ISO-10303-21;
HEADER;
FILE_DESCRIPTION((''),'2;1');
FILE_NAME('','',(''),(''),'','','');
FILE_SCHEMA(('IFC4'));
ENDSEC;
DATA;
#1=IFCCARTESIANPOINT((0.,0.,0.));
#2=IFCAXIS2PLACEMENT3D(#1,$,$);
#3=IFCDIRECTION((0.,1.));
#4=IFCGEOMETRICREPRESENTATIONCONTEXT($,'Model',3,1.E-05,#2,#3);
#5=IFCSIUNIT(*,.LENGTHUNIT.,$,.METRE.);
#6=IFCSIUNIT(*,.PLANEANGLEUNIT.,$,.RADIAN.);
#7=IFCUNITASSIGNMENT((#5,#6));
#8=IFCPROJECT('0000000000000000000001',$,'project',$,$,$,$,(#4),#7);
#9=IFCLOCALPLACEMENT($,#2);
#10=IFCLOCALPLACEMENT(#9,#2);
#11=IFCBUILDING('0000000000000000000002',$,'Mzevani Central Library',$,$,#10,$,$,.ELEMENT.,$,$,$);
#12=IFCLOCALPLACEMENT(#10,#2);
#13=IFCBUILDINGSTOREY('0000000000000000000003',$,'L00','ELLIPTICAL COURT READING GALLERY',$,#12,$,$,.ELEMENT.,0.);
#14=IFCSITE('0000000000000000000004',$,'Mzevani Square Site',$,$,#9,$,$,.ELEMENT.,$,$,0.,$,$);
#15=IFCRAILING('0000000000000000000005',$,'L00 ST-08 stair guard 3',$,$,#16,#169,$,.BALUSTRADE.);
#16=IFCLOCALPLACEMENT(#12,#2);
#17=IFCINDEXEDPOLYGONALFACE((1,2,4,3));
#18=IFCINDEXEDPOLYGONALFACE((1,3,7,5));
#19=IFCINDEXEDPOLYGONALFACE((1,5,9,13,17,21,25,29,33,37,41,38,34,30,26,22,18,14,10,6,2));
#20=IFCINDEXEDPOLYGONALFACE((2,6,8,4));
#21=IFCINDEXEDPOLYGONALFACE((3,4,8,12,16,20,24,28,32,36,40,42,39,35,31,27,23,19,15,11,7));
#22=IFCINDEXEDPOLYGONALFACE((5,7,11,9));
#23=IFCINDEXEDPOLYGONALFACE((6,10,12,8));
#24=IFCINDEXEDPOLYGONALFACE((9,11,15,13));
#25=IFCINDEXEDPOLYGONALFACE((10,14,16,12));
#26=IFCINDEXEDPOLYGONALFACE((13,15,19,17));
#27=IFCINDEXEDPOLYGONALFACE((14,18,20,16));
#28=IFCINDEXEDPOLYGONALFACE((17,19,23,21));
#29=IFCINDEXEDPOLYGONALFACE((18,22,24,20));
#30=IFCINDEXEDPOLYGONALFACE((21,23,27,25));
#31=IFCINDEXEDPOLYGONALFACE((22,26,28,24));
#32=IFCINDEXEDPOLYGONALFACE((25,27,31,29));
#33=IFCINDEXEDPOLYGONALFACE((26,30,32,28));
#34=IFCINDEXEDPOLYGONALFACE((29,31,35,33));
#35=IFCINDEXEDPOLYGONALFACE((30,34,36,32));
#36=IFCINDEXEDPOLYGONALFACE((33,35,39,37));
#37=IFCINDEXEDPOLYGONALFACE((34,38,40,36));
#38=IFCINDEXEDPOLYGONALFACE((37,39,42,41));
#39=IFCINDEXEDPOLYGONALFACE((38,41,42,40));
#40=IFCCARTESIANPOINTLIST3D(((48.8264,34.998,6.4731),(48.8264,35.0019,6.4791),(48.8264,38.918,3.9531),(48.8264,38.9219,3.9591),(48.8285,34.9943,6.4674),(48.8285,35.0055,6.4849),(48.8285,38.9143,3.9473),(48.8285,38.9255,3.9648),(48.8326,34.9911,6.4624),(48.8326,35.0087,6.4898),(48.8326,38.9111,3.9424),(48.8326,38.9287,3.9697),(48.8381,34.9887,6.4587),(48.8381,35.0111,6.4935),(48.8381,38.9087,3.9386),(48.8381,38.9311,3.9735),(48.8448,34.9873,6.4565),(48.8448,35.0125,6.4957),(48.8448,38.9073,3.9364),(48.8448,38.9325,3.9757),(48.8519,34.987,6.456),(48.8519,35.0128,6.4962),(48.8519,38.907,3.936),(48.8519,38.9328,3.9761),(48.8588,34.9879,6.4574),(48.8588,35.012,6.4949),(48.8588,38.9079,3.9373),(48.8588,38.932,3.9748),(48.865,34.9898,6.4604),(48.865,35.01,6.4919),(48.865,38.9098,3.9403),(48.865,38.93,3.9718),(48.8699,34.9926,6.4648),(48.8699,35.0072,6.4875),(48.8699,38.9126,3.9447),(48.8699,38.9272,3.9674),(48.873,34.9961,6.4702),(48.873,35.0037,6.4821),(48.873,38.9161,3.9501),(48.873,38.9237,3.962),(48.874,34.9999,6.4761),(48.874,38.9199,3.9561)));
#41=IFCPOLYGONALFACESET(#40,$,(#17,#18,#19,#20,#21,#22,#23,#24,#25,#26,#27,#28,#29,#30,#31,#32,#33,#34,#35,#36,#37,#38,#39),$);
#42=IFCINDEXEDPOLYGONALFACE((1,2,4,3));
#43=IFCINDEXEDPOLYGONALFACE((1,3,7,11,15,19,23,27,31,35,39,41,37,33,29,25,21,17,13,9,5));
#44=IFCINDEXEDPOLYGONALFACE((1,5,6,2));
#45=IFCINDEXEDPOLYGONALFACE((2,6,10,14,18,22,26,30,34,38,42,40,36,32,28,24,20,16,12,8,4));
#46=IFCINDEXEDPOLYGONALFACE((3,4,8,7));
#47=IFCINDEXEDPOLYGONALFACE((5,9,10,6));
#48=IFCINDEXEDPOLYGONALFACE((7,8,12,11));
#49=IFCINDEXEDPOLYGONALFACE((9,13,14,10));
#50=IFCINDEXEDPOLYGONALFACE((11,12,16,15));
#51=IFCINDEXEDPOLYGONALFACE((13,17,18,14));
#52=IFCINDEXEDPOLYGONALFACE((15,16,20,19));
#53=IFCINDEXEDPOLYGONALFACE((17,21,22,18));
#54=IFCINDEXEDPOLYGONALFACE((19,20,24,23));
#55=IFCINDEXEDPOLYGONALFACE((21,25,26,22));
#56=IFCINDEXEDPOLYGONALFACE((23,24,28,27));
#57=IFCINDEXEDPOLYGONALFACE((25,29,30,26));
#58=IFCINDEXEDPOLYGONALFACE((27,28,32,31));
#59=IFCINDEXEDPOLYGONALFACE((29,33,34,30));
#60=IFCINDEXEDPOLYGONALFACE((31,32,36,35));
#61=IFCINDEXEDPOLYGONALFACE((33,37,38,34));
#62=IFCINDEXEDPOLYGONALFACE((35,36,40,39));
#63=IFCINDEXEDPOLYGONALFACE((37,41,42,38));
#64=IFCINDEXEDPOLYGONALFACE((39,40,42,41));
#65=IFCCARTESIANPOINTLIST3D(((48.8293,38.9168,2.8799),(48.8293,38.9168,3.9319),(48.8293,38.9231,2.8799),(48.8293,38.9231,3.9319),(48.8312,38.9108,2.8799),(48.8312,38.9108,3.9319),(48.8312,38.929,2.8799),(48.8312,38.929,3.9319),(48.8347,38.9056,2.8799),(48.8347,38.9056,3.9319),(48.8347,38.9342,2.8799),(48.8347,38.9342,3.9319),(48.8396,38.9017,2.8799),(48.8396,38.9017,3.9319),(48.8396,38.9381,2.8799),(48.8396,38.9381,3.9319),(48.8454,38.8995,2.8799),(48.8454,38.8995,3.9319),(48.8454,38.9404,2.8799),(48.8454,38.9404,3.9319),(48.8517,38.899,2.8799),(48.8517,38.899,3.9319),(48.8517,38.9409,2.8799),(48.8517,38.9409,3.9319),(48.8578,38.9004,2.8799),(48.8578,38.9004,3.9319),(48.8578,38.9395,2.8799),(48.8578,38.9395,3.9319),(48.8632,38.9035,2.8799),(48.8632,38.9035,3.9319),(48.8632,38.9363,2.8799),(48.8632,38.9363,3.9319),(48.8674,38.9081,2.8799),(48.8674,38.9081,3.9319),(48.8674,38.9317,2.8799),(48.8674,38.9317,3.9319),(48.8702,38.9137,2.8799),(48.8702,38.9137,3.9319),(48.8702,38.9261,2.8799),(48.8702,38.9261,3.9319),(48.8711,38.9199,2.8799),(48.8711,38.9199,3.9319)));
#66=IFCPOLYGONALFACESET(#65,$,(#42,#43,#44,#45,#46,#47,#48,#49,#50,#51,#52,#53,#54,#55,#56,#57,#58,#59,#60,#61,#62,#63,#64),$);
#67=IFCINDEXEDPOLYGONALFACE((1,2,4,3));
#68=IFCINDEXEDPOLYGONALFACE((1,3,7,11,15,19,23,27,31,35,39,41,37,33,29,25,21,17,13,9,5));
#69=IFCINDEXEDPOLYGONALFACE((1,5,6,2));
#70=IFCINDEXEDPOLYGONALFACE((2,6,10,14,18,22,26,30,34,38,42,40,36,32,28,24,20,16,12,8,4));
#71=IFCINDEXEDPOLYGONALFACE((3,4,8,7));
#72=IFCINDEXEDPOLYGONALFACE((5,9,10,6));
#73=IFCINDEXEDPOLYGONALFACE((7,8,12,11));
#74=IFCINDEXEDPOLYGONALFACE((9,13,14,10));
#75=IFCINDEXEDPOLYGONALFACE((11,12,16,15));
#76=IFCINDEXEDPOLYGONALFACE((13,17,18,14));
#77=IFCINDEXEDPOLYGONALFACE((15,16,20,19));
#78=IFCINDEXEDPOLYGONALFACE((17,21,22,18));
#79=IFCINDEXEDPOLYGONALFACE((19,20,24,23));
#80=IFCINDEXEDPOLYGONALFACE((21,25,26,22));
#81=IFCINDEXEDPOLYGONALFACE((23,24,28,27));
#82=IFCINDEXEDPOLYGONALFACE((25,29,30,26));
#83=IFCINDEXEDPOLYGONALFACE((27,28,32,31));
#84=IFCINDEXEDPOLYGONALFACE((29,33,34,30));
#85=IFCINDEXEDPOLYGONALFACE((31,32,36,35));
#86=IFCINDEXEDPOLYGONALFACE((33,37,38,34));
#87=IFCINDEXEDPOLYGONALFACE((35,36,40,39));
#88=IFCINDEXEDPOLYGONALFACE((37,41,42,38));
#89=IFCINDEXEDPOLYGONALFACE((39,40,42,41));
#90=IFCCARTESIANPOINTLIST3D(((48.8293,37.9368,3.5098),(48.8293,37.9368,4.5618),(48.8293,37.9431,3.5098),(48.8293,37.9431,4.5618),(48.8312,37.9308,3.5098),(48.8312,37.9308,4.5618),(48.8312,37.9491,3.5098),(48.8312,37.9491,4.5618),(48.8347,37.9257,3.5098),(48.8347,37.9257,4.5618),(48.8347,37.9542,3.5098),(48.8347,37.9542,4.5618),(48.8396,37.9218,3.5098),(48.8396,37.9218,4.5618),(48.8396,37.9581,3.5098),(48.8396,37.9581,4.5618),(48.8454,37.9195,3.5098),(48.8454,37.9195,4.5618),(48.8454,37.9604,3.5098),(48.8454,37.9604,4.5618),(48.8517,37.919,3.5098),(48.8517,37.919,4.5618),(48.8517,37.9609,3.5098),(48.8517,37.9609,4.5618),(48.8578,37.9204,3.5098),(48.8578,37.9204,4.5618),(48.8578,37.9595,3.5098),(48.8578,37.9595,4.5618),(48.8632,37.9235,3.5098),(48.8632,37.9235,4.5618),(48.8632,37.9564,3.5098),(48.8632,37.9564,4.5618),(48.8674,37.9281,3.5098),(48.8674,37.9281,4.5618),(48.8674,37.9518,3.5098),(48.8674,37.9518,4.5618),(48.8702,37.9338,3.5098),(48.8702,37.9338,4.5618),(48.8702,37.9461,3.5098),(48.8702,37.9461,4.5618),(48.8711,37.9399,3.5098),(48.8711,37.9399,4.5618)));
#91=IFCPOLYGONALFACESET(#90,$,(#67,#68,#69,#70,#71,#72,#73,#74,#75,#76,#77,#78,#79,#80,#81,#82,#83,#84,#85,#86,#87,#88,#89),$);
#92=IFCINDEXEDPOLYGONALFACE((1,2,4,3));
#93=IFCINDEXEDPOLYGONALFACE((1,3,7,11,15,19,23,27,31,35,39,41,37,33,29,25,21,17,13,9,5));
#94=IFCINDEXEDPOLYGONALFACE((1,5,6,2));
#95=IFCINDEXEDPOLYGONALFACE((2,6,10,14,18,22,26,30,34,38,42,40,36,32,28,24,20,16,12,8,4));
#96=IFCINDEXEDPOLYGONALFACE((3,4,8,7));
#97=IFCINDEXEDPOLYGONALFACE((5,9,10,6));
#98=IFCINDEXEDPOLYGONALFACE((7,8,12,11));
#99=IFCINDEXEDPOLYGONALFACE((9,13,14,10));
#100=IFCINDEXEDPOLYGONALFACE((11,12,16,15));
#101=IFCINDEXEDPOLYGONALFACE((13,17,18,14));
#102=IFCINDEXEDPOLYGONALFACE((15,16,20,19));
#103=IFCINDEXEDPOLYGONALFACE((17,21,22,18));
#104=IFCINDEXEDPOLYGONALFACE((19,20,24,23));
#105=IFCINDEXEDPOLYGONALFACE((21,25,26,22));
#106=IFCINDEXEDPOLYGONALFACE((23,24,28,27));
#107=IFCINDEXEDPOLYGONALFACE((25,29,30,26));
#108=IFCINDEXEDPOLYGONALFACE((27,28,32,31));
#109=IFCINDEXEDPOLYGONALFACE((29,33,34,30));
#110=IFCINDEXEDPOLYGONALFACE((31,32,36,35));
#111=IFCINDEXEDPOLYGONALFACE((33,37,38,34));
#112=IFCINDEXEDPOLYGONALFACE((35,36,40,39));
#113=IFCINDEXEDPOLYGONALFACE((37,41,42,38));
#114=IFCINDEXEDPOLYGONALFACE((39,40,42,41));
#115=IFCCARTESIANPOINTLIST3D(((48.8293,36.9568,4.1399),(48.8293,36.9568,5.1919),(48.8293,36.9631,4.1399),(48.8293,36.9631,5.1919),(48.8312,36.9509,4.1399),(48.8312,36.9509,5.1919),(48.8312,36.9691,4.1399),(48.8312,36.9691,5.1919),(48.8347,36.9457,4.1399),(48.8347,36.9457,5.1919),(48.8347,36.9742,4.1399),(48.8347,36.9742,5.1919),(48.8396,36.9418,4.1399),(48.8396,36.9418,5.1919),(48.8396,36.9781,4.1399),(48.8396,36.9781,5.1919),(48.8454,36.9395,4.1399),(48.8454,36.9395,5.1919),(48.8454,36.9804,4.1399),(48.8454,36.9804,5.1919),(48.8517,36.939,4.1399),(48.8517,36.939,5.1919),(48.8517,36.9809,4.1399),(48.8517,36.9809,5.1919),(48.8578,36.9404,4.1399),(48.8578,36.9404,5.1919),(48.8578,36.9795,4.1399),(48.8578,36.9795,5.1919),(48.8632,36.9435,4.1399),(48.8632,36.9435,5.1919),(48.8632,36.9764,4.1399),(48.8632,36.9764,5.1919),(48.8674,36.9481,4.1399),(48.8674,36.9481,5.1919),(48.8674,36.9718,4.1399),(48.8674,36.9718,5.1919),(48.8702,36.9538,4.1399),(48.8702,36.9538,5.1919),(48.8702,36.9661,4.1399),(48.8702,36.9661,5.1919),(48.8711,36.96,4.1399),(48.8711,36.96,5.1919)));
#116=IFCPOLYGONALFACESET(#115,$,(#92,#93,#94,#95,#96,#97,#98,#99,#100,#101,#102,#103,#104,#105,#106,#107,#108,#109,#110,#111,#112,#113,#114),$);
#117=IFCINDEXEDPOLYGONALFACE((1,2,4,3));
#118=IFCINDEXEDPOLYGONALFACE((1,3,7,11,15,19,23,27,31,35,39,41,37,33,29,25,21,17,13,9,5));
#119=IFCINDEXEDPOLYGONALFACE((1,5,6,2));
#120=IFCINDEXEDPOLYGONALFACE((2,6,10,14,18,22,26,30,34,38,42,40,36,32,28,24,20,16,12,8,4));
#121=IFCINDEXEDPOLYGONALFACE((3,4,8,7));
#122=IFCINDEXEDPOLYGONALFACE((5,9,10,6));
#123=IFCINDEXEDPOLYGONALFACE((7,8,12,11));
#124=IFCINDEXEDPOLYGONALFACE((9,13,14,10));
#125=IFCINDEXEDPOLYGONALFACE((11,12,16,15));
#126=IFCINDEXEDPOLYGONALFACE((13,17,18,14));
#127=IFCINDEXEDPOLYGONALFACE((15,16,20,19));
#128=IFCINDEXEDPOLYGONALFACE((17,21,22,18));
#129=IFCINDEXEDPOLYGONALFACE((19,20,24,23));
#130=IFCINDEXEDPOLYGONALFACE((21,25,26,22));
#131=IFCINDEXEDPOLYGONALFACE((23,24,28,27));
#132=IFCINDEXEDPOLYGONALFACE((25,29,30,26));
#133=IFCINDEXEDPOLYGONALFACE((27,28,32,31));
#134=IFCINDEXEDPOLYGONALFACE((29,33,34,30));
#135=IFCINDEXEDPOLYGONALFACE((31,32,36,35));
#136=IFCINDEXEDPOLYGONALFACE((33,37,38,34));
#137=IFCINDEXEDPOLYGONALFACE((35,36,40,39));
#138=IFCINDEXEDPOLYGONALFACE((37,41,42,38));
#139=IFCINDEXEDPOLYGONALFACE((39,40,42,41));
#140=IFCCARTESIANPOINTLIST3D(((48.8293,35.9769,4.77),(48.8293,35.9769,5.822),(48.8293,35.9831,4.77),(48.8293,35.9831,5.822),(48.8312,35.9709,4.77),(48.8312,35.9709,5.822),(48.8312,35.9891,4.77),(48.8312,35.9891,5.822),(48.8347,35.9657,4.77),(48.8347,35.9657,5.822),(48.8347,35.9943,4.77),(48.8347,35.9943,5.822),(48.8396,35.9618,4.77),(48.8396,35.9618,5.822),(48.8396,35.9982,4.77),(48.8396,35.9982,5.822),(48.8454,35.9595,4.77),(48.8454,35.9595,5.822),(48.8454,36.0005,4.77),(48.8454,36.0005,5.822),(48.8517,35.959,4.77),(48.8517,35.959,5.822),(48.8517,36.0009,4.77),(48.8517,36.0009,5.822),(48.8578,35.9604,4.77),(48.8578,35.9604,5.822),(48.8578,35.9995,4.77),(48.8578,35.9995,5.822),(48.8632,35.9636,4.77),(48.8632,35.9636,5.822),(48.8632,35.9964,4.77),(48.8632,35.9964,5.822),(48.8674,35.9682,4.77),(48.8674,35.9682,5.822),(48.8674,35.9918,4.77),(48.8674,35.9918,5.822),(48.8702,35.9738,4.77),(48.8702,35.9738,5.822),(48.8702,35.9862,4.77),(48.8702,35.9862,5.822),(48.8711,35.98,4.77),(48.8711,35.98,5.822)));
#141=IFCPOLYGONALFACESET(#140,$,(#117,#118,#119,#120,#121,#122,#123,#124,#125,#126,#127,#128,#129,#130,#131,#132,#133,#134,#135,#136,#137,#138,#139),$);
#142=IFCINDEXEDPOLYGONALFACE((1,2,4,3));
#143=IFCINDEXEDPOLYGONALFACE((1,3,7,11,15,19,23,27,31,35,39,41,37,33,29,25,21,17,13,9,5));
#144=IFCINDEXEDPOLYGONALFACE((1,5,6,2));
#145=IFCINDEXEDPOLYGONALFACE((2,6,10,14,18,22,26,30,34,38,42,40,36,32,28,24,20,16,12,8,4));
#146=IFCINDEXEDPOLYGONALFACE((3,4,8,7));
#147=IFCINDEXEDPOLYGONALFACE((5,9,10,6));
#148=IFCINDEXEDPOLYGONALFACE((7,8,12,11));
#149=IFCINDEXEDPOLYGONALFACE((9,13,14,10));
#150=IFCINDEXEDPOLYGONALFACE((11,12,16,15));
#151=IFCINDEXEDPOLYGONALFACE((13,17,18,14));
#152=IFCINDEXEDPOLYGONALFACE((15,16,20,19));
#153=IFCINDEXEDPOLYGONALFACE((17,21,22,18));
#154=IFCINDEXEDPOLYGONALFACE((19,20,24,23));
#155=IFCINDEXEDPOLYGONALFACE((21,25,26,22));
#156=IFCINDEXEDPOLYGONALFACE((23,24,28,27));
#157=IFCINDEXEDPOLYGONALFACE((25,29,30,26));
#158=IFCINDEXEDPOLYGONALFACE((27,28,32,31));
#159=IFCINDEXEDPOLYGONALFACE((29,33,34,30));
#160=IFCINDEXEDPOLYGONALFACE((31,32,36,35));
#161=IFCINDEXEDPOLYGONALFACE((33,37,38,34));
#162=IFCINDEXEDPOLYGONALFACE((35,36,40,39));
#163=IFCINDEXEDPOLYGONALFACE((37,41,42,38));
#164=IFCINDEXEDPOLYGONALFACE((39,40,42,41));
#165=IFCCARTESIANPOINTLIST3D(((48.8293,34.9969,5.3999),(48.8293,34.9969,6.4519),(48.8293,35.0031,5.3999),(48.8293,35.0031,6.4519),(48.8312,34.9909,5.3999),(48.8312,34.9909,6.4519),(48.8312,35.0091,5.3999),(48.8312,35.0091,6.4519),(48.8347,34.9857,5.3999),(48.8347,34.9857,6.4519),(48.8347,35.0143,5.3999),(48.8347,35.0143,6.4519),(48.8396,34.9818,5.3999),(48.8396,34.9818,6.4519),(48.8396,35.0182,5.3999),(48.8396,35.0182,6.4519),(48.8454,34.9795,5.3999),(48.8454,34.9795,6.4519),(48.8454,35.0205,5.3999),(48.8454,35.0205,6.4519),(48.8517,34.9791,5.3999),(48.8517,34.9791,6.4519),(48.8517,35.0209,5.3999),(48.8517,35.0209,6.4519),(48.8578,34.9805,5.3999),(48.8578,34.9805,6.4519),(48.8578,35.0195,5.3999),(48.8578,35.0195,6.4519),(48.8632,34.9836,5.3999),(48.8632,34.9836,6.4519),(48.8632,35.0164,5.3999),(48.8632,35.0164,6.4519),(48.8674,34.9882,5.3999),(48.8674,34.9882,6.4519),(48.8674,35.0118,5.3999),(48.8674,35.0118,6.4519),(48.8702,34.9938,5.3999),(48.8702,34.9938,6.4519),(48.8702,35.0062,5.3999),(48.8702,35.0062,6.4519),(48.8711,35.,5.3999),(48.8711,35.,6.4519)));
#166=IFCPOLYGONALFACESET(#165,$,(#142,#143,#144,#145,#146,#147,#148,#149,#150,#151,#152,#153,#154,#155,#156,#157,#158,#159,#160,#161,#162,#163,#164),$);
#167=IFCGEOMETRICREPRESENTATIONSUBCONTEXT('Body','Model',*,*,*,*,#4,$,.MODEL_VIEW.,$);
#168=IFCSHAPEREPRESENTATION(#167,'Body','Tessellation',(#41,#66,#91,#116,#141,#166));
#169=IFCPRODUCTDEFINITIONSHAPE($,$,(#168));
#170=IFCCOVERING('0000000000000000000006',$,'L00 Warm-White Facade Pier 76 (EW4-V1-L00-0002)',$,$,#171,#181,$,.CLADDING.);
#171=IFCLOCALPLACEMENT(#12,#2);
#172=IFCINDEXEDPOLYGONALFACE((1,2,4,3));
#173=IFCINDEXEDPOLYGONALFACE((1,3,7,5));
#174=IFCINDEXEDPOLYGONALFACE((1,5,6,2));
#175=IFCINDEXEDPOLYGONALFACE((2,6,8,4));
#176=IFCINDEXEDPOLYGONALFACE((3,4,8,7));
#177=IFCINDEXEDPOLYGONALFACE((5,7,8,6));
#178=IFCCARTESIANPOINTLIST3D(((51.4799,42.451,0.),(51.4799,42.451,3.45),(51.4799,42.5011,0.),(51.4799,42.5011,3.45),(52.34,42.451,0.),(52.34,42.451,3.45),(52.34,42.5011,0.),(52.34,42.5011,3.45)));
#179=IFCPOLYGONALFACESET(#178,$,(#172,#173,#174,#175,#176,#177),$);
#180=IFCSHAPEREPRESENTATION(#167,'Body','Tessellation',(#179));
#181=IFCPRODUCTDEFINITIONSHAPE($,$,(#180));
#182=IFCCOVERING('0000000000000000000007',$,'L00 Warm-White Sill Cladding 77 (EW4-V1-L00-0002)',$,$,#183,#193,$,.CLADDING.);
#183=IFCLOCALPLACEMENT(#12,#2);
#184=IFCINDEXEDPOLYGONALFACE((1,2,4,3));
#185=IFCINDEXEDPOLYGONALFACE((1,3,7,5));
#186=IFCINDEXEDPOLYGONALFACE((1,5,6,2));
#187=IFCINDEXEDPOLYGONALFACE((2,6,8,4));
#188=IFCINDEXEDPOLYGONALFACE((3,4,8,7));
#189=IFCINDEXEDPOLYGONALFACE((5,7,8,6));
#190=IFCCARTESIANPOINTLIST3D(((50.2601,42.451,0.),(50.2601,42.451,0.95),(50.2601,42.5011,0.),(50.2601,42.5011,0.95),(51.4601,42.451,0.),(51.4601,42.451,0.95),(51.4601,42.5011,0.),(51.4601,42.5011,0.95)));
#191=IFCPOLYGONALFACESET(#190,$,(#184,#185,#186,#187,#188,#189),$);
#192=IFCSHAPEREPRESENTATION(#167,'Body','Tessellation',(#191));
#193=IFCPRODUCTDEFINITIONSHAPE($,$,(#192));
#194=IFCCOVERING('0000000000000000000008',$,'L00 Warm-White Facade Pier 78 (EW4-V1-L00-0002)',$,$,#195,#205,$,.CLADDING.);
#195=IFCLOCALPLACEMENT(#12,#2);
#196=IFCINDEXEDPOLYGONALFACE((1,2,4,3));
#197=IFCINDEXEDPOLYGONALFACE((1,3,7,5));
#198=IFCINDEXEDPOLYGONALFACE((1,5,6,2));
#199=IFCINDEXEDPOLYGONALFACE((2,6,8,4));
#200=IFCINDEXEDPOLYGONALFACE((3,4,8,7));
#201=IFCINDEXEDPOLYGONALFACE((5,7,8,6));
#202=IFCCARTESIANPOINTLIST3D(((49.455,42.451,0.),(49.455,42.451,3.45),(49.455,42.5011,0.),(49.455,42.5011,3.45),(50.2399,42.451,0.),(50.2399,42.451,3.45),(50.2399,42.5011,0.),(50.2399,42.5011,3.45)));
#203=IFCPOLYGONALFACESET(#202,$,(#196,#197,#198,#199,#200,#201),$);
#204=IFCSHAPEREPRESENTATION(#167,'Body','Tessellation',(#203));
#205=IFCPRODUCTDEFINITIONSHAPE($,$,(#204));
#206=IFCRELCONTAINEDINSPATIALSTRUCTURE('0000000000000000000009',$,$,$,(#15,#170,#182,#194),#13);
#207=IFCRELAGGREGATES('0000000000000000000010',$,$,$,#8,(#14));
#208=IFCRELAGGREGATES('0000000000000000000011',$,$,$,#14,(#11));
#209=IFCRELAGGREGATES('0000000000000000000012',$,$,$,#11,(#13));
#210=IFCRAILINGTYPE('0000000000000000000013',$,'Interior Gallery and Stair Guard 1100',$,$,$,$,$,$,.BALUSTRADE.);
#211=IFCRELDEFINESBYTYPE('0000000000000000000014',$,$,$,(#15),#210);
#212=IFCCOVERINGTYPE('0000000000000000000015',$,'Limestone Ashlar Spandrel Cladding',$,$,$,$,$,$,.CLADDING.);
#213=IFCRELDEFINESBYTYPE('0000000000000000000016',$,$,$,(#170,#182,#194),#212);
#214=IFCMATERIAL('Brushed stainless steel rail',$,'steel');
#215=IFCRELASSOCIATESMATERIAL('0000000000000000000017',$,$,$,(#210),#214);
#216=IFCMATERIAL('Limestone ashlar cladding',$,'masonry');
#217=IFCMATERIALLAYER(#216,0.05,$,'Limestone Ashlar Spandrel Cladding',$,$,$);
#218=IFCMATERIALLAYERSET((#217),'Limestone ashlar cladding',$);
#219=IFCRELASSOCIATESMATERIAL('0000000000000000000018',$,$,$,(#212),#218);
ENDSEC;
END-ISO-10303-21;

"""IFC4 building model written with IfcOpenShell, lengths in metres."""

from ifc_helpers import new_model, si_unit, direction, frame, origin, origin_2d, place, context, subcontext, project, spatial, rectangle, circle, extrude, material, layer, layer_set, type_object, element, save


model = new_model("IFC4")

# Units and contexts
model_context = context("Model", 3, precision=1e-05, world=origin(), true_north=direction((0.0, 1.0)))
body_context = subcontext(model_context, "Body", "Model", "MODEL_VIEW")
ifc_project = project(units=[si_unit("LENGTHUNIT", "METRE"), si_unit("PLANEANGLEUNIT", "RADIAN")], contexts=[model_context])

# Site, building, storey
site_placement = place(None, origin())
site = spatial("IfcSite", under=ifc_project, at=site_placement, Name="Mzevani Square Site", CompositionType="ELEMENT", RefElevation=0.0)
building_placement = place(site_placement, origin())
building = spatial("IfcBuilding", under=site, at=building_placement, Name="Mzevani Central Library", CompositionType="ELEMENT")
storey_placement = place(building_placement, origin())
storey = spatial("IfcBuildingStorey", under=building, at=storey_placement, Name="L00", Description="ELLIPTICAL COURT READING GALLERY", CompositionType="ELEMENT", Elevation=0.0)

# Railing
ifc_material_1 = material(Name="Brushed stainless steel rail", Category="steel")
railing_type_1 = type_object("IfcRailingType", Name="Interior Gallery and Stair Guard 1100", PredefinedType="BALUSTRADE", material=ifc_material_1)
railing_1_placement = place(storey_placement, frame((48.8501, 38.9199, 2.8799)))
element("IfcRailing", 1, at=railing_1_placement, inside=storey, type_object=railing_type_1, Name="L00 ST-08 stair guard 3", PredefinedType="BALUSTRADE", context=body_context, shape_type="SweptSolid", body=[
    extrude(circle(Radius=0.0239, at=origin_2d()), frame((0.0, 0.0, 1.0762), z_axis=(0.0, -0.841172, 0.540768), x_axis=(1.0, 0.0, 0.0)), (0.0, 0.0, 1.0), 4.6602),
    extrude(circle(Radius=0.021, at=origin_2d()), origin(), (0.0, 0.0, 1.0), 1.052),
    extrude(circle(Radius=0.021, at=origin_2d()), frame((0.0, -0.98, 0.6299)), (0.0, 0.0, 1.0), 1.052),
    extrude(circle(Radius=0.021, at=origin_2d()), frame((0.0, -1.96, 1.26)), (0.0, 0.0, 1.0), 1.052),
    extrude(circle(Radius=0.021, at=origin_2d()), frame((0.0, -2.9399, 1.8901)), (0.0, 0.0, 1.0), 1.052),
    extrude(circle(Radius=0.021, at=origin_2d()), frame((0.0, -3.9199, 2.52)), (0.0, 0.0, 1.0), 1.052),
])

# Coverings
ifc_material_2 = material(Name="Limestone ashlar cladding", Category="masonry")
ifc_layer_1 = layer(ifc_material_2, 0.05, Name="Limestone Ashlar Spandrel Cladding")
ifc_layer_set_1 = layer_set([ifc_layer_1], Name="Limestone ashlar cladding")
covering_type = type_object("IfcCoveringType", Name="Limestone Ashlar Spandrel Cladding", PredefinedType="CLADDING", material=ifc_layer_set_1)
covering_1_placement = place(storey_placement, frame((51.9099, 42.4761, 0.0), z_axis=(0.0, 0.0, 1.0), x_axis=(-1.0, 0.0, 0.0)))
element("IfcCovering", 2, at=covering_1_placement, inside=storey, type_object=covering_type, Name="L00 Warm-White Facade Pier 76 (EW4-V1-L00-0002)", PredefinedType="CLADDING", context=body_context, shape_type="SweptSolid", body=[
    extrude(rectangle(XDim=0.8601, YDim=0.05, at=origin_2d()), origin(), (0.0, 0.0, 1.0), 3.45),
])
covering_2_placement = place(storey_placement, frame((50.8601, 42.4761, 0.0), z_axis=(0.0, 0.0, 1.0), x_axis=(-1.0, 0.0, 0.0)))
element("IfcCovering", 3, at=covering_2_placement, inside=storey, type_object=covering_type, Name="L00 Warm-White Sill Cladding 77 (EW4-V1-L00-0002)", PredefinedType="CLADDING", context=body_context, shape_type="SweptSolid", body=[
    extrude(rectangle(XDim=1.2, YDim=0.05, at=origin_2d()), origin(), (0.0, 0.0, 1.0), 0.95),
])
covering_3_placement = place(storey_placement, frame((49.8474, 42.4761, 0.0), z_axis=(0.0, 0.0, 1.0), x_axis=(-1.0, 0.0, 0.0)))
element("IfcCovering", 4, at=covering_3_placement, inside=storey, type_object=covering_type, Name="L00 Warm-White Facade Pier 78 (EW4-V1-L00-0002)", PredefinedType="CLADDING", context=body_context, shape_type="SweptSolid", body=[
    extrude(rectangle(XDim=0.7849, YDim=0.05, at=origin_2d()), origin(), (0.0, 0.0, 1.0), 3.45),
])

save(model, "model.ifc")
